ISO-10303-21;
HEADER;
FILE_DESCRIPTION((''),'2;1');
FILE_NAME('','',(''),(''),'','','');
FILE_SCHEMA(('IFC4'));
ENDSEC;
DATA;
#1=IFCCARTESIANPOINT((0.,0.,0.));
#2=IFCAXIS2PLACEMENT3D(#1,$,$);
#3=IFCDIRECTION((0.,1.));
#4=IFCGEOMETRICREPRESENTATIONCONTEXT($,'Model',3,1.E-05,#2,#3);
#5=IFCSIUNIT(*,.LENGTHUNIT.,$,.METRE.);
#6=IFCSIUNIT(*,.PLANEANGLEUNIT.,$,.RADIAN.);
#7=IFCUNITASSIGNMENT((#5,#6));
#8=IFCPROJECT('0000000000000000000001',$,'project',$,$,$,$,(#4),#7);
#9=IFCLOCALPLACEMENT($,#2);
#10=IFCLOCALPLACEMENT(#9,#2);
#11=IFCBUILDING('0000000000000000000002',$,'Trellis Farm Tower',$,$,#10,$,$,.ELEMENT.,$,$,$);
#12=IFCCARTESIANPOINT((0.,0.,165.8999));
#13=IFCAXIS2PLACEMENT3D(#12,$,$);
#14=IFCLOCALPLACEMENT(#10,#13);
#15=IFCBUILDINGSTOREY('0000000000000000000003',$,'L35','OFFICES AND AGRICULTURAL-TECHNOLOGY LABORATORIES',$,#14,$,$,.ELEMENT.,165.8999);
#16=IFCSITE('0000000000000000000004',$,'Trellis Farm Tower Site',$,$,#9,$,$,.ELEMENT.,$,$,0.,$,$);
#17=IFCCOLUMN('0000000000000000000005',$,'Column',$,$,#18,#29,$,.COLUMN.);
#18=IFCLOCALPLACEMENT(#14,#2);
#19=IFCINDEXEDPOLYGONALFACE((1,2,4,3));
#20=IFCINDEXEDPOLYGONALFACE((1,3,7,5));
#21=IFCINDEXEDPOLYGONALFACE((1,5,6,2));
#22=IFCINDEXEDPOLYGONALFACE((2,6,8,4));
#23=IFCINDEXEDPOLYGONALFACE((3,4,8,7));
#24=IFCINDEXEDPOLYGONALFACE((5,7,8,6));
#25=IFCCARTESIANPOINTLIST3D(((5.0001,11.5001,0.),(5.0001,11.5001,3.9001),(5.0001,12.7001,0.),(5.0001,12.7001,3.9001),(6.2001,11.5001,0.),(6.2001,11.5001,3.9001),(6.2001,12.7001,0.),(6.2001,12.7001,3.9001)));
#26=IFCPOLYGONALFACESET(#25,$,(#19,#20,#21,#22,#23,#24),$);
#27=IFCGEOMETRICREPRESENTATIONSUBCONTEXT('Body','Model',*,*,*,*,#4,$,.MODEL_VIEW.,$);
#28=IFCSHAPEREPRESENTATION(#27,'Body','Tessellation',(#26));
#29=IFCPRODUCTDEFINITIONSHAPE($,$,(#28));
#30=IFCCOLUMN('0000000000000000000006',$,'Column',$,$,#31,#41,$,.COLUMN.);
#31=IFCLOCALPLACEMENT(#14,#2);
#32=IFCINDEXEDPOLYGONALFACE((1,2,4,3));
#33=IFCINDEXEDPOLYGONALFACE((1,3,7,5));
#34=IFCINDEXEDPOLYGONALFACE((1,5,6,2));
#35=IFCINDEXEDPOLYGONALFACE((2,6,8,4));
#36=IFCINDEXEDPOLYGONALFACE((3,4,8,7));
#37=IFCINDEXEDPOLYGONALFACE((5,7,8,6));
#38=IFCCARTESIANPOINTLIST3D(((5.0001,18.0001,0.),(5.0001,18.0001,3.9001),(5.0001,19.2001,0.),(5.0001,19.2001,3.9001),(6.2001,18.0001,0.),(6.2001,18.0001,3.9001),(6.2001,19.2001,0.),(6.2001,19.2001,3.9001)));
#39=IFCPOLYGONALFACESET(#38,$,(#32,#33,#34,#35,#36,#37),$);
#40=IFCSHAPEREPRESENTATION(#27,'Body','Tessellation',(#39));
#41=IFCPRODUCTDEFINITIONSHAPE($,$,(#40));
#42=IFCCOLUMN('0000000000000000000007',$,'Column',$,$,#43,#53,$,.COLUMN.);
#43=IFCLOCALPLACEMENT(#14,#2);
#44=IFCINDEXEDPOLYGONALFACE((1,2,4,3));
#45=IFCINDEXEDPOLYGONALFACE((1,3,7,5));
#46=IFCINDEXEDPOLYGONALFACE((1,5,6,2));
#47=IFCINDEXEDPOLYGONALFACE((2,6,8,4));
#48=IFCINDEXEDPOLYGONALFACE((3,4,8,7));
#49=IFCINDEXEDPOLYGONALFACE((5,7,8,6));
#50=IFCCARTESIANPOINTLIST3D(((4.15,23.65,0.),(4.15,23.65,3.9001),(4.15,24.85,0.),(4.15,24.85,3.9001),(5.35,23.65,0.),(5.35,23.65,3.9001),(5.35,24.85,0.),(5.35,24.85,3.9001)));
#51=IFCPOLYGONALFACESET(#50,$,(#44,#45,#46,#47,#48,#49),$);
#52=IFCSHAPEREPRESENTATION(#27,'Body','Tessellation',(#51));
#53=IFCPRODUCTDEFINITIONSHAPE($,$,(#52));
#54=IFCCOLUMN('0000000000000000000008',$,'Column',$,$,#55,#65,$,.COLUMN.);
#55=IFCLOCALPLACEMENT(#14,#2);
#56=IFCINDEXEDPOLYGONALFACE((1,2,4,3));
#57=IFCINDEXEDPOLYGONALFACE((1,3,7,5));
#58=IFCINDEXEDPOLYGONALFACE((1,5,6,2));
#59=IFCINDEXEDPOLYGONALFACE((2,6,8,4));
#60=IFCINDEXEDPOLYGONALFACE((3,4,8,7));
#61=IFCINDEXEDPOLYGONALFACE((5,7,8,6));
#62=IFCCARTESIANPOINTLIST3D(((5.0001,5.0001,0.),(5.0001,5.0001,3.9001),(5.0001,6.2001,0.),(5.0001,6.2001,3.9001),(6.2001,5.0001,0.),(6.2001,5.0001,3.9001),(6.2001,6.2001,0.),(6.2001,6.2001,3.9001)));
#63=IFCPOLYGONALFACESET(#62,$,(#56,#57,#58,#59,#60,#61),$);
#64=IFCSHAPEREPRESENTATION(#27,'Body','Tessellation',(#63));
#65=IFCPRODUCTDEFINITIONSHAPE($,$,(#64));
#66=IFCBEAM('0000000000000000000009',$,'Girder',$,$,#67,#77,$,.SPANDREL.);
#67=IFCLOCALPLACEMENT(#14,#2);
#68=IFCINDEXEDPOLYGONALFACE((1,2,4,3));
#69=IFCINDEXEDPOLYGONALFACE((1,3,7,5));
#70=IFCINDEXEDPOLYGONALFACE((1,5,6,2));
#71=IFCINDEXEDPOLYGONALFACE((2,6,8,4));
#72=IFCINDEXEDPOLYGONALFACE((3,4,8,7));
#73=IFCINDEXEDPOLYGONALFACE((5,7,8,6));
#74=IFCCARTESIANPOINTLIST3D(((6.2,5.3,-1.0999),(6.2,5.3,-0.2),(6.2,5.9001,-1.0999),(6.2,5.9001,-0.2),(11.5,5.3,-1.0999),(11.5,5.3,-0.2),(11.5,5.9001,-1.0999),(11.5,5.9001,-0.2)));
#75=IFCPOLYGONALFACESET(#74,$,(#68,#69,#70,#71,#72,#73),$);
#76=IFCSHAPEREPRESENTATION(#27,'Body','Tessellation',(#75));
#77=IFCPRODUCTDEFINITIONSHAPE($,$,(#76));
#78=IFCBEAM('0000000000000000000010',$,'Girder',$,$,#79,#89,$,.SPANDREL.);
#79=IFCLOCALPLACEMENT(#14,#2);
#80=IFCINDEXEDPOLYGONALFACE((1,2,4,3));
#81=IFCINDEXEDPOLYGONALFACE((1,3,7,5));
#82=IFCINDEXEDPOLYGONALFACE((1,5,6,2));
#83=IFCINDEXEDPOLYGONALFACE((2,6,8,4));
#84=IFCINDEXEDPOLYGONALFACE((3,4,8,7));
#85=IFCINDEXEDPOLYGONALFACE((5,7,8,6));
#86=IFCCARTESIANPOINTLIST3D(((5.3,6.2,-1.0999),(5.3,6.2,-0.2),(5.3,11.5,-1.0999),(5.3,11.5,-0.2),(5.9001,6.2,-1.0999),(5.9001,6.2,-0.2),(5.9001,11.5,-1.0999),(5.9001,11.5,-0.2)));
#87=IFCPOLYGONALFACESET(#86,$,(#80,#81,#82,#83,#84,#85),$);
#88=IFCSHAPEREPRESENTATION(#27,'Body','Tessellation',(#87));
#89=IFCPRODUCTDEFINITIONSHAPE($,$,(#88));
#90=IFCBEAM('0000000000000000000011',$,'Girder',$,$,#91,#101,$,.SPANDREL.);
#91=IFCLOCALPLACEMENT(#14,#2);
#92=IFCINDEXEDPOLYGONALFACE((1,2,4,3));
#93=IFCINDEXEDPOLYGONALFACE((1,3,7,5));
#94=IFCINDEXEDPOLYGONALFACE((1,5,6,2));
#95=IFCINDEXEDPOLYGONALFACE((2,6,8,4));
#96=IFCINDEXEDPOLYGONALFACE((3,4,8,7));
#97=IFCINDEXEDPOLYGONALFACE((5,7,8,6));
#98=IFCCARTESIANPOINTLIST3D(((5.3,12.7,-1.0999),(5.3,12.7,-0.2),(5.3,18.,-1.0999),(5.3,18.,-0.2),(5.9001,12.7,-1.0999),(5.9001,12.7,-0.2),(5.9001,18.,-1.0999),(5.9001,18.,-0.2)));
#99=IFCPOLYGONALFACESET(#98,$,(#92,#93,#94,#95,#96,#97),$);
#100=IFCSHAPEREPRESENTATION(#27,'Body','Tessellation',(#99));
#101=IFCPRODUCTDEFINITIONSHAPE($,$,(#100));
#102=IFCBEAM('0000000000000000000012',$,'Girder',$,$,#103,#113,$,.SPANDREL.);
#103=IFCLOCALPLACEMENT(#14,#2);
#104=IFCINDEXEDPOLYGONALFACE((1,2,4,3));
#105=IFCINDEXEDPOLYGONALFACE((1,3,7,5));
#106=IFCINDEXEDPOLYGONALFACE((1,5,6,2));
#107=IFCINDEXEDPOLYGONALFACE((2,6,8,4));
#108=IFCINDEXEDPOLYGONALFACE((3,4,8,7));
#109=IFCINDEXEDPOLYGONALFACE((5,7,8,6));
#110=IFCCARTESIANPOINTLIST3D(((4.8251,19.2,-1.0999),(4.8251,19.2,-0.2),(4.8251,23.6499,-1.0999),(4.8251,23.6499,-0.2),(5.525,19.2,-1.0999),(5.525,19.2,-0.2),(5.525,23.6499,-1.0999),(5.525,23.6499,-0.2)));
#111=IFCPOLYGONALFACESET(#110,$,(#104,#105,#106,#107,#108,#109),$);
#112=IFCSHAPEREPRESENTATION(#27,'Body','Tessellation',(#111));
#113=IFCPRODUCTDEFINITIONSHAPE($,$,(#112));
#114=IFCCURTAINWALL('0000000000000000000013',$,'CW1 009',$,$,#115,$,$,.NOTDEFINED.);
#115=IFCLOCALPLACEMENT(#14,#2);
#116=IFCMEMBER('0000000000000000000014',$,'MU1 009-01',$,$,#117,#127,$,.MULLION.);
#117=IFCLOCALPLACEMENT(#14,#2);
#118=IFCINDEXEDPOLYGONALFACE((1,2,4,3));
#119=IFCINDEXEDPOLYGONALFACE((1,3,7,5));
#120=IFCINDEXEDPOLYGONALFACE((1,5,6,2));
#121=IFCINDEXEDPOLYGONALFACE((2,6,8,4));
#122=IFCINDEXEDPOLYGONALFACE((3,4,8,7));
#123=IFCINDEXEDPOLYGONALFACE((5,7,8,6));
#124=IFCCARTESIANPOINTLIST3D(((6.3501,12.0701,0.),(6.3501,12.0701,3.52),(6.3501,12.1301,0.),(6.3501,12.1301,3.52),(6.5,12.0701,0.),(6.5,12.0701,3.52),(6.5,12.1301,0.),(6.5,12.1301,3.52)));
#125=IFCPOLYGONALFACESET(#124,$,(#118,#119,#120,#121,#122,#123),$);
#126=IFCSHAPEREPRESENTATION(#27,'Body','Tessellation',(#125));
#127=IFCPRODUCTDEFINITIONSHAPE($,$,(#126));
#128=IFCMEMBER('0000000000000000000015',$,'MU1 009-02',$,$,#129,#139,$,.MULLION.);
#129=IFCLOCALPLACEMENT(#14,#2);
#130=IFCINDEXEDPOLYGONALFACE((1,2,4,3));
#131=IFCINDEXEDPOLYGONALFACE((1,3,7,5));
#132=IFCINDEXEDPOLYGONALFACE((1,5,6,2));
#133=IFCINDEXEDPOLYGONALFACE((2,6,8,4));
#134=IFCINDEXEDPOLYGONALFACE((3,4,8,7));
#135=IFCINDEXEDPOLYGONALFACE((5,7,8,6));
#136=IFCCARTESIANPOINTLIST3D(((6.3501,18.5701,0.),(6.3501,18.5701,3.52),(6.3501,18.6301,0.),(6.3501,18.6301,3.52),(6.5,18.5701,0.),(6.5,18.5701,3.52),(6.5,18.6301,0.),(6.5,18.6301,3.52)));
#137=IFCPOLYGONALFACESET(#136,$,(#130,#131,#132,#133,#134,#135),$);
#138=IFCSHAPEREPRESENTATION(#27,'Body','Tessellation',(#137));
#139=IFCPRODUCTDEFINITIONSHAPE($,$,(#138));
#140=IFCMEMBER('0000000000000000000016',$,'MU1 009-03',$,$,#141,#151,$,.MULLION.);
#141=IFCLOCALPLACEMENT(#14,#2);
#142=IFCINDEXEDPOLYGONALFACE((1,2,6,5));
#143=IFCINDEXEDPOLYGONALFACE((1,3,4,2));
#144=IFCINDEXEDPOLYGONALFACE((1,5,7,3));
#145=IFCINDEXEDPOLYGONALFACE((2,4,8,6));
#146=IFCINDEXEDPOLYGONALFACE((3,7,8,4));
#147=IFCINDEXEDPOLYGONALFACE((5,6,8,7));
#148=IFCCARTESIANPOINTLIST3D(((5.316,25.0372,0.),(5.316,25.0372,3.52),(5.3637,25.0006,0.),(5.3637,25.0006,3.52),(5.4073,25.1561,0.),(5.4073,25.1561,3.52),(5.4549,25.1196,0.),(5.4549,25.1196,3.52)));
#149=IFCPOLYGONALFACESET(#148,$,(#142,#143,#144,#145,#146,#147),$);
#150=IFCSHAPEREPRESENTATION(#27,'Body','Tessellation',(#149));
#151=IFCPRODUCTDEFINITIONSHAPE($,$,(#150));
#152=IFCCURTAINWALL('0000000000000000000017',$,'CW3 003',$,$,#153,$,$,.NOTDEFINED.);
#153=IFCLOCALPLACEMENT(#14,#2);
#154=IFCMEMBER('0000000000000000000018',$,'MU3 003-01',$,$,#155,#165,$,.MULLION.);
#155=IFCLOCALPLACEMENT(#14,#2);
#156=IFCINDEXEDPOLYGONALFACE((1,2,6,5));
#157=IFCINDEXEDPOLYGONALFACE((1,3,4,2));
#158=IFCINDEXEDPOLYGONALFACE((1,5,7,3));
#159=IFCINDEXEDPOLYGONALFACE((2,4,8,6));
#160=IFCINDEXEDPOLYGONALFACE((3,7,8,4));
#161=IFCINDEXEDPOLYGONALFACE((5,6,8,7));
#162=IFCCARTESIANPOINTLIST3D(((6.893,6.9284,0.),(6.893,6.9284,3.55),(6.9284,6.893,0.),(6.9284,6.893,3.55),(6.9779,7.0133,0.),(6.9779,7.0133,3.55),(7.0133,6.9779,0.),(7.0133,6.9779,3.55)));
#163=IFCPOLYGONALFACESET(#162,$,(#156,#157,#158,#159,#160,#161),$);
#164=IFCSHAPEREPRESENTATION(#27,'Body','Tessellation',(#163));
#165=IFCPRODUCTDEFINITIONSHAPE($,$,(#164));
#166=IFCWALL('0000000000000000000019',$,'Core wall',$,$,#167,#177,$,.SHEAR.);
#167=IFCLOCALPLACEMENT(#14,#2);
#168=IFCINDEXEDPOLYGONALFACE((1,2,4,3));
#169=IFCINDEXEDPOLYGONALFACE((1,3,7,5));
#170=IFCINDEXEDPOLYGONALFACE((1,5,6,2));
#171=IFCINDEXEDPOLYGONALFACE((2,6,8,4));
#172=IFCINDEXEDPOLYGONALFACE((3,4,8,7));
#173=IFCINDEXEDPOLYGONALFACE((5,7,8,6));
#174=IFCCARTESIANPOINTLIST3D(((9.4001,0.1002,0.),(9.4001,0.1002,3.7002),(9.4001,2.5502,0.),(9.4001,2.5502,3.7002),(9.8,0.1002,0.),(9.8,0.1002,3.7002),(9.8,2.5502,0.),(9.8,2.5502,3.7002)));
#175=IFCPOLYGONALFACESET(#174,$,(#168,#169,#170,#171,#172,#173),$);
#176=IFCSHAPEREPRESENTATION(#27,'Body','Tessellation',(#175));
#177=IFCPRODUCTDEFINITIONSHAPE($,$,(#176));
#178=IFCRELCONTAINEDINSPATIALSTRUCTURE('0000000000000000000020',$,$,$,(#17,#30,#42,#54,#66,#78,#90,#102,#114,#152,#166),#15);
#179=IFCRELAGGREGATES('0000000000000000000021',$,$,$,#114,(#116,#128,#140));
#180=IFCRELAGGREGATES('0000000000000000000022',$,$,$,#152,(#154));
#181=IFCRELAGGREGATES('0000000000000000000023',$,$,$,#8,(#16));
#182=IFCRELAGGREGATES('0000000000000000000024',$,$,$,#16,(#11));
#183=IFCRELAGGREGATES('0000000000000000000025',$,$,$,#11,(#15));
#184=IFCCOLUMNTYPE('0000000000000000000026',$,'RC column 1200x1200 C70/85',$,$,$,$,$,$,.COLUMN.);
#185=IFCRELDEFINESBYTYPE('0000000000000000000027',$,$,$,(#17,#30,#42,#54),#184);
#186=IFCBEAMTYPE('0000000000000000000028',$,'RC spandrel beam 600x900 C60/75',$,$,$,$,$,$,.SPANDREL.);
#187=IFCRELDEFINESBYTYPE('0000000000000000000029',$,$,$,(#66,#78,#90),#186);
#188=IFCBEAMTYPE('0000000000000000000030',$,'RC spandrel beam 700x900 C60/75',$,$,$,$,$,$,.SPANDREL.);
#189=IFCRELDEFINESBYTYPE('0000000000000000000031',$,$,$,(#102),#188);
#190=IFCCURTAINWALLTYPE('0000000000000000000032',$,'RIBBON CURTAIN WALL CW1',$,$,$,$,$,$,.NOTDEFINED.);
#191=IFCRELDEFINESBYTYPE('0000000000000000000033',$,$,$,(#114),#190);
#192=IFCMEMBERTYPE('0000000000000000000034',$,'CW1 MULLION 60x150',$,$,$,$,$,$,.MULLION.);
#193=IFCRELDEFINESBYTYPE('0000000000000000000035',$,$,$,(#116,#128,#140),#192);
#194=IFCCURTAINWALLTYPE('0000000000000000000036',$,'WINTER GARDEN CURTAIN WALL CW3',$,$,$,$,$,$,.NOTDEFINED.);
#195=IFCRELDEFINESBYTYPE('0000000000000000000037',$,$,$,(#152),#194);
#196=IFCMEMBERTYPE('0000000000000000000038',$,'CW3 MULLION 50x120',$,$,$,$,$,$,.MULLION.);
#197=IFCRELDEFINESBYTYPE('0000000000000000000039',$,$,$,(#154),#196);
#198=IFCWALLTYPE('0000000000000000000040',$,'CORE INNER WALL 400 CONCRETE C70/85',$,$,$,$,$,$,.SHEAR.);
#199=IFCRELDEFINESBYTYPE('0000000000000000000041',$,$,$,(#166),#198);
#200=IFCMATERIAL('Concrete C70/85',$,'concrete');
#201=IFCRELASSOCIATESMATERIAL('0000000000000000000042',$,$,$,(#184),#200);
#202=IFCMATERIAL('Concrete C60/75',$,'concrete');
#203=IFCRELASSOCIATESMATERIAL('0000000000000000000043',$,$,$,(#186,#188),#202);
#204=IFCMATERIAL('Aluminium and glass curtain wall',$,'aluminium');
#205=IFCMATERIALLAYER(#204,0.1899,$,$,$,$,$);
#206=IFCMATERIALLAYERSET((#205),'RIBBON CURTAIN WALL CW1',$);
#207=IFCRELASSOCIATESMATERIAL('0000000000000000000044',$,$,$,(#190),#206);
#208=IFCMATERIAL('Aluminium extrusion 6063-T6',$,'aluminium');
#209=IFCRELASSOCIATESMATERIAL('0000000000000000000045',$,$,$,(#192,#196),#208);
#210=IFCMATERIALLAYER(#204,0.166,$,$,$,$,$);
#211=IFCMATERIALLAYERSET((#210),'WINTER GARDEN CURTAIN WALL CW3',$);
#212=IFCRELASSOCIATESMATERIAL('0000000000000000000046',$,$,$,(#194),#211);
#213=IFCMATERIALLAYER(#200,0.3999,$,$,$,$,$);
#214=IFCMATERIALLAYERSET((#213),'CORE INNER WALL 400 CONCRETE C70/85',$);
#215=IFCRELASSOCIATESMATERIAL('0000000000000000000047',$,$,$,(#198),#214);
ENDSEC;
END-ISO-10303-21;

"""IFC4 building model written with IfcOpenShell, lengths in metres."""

from ifc_helpers import new_model, si_unit, direction, frame, frame_2d, origin, origin_2d, place, context, subcontext, project, spatial, rectangle, extrude, source, transform, mapped, material, layer, layer_set, material_profile, profile_set, type_object, element, aggregate, save


model = new_model("IFC4")

# Units and contexts
model_context = context("Model", 3, precision=1e-05, world=origin(), true_north=direction((0.0, 1.0)))
body_context = subcontext(model_context, "Body", "Model", "MODEL_VIEW")
ifc_project = project(units=[si_unit("LENGTHUNIT", "METRE"), si_unit("PLANEANGLEUNIT", "RADIAN")], contexts=[model_context])

# Site, building, storey
site_placement = place(None, origin())
site = spatial("IfcSite", under=ifc_project, at=site_placement, Name="Trellis Farm Tower Site", CompositionType="ELEMENT", RefElevation=0.0)
building_placement = place(site_placement, origin())
building = spatial("IfcBuilding", under=site, at=building_placement, Name="Trellis Farm Tower", CompositionType="ELEMENT")
storey_placement = place(building_placement, frame((0.0, 0.0, 165.8999)))
storey = spatial("IfcBuildingStorey", under=building, at=storey_placement, Name="L35", Description="OFFICES AND AGRICULTURAL-TECHNOLOGY LABORATORIES", CompositionType="ELEMENT", Elevation=165.8999)

# Columns
ifc_material_1 = material(Name="Concrete C70/85", Category="concrete")
ifc_material_profile_1 = material_profile(ifc_material_1, rectangle(XDim=1.2, YDim=1.2, at=origin_2d()), Name="RC column 1200x1200 C70/85")
ifc_profile_set_1 = profile_set([ifc_material_profile_1], Name="Concrete C70/85")
column_type = type_object("IfcColumnType", Name="RC column 1200x1200 C70/85", PredefinedType="COLUMN", material=ifc_profile_set_1)
shared_shape_1 = source(origin(), body_context, "Body", "SweptSolid", [
    extrude(rectangle(XDim=1.2, YDim=1.2, at=origin_2d()), origin(), (0.0, 0.0, 1.0), 3.9001),
])
for number, where, z_axis, x_axis, name in (
    (1, (5.6001, 12.1001, 0.0), (0.0, 0.0, 1.0), (1.0, 0.0, 0.0), "Column"),
    (2, (5.6001, 18.6001, 0.0), (0.0, 0.0, 1.0), (1.0, 0.0, 0.0), "Column"),
    (3, (4.75, 24.25, 0.0), (0.0, 0.0, 1.0), (1.0, 0.0, 0.0), "Column"),
    (4, (5.6001, 5.6001, 0.0), (0.0, 0.0, 1.0), (1.0, 0.0, 0.0), "Column"),
):
    element("IfcColumn", number, at=place(storey_placement, frame(where, z_axis=z_axis, x_axis=x_axis)), inside=storey, type_object=column_type, Name=name, PredefinedType="COLUMN", context=body_context, shape_type="MappedRepresentation", body=[
        mapped(shared_shape_1, transform((0.0, 0.0, 0.0))),
    ])

# Beams
ifc_material_2 = material(Name="Concrete C60/75", Category="concrete")
ifc_material_profile_2 = material_profile(ifc_material_2, rectangle(XDim=0.6001, YDim=0.8999, at=origin_2d()), Name="RC spandrel beam 600x900 C60/75")
ifc_profile_set_2 = profile_set([ifc_material_profile_2], Name="Concrete C60/75")
beam_type_1 = type_object("IfcBeamType", Name="RC spandrel beam 600x900 C60/75", PredefinedType="SPANDREL", material=ifc_profile_set_2)
shared_shape_2 = source(origin(), body_context, "Body", "SweptSolid", [
    extrude(rectangle(XDim=0.6001, YDim=0.8999, at=origin_2d()), origin(), (0.0, 0.0, 1.0), 5.3),
])
for number, where, z_axis, x_axis, name in (
    (5, (6.2, 5.6001, -0.6499), (1.0, 0.0, 0.0), (0.0, 1.0, 0.0), "Girder"),
    (6, (5.6001, 6.2, -0.6499), (0.0, 1.0, 0.0), (-1.0, 0.0, 0.0), "Girder"),
    (7, (5.6001, 12.7, -0.6499), (0.0, 1.0, 0.0), (-1.0, 0.0, 0.0), "Girder"),
):
    element("IfcBeam", number, at=place(storey_placement, frame(where, z_axis=z_axis, x_axis=x_axis)), inside=storey, type_object=beam_type_1, Name=name, PredefinedType="SPANDREL", context=body_context, shape_type="MappedRepresentation", body=[
        mapped(shared_shape_2, transform((0.0, 0.0, 0.0))),
    ])
ifc_material_profile_3 = material_profile(ifc_material_2, rectangle(XDim=0.7, YDim=0.8999, at=origin_2d()), Name="RC spandrel beam 700x900 C60/75")
ifc_profile_set_3 = profile_set([ifc_material_profile_3], Name="Concrete C60/75")
beam_type_2 = type_object("IfcBeamType", Name="RC spandrel beam 700x900 C60/75", PredefinedType="SPANDREL", material=ifc_profile_set_3)
shared_shape_3 = source(origin(), body_context, "Body", "SweptSolid", [
    extrude(rectangle(XDim=0.7, YDim=0.8999, at=origin_2d()), origin(), (0.0, 0.0, 1.0), 4.45),
])
beam_placement = place(storey_placement, frame((5.175, 19.2, -0.6499), z_axis=(0.0, 1.0, 0.0), x_axis=(-1.0, 0.0, 0.0)))
element("IfcBeam", 8, at=beam_placement, inside=storey, type_object=beam_type_2, Name="Girder", PredefinedType="SPANDREL", context=body_context, shape_type="MappedRepresentation", body=[
    mapped(shared_shape_3, transform((0.0, 0.0, 0.0))),
])

# Curtain wall, members
ifc_material_3 = material(Name="Aluminium and glass curtain wall", Category="aluminium")
ifc_layer_1 = layer(ifc_material_3, 0.1899)
ifc_layer_set_1 = layer_set([ifc_layer_1], Name="RIBBON CURTAIN WALL CW1")
curtain_wall_type_1 = type_object("IfcCurtainWallType", Name="RIBBON CURTAIN WALL CW1", PredefinedType="NOTDEFINED", material=ifc_layer_set_1)
placement = place(storey_placement, origin())
curtain_wall_1 = element("IfcCurtainWall", 9, at=placement, inside=storey, type_object=curtain_wall_type_1, Name="CW1 009", PredefinedType="NOTDEFINED")
ifc_material_4 = material(Name="Aluminium extrusion 6063-T6", Category="aluminium")
ifc_material_profile_4 = material_profile(ifc_material_4, rectangle(XDim=0.0601, YDim=0.1499, at=origin_2d()), Name="MULLION 60x150")
ifc_profile_set_4 = profile_set([ifc_material_profile_4], Name="Aluminium extrusion 6063-T6")
member_type_1 = type_object("IfcMemberType", Name="CW1 MULLION 60x150", PredefinedType="MULLION", material=ifc_profile_set_4)
shared_shape_4 = source(origin(), body_context, "Body", "SweptSolid", [
    extrude(rectangle(XDim=0.0601, YDim=0.1499, at=origin_2d()), origin(), (0.0, 0.0, 1.0), 3.52),
])
member_1_placement = place(storey_placement, frame((6.425, 12.1001, 0.0), z_axis=(0.0, 0.0, 1.0), x_axis=(0.0, 1.0, 0.0)))
member_1 = element("IfcMember", 10, at=member_1_placement, type_object=member_type_1, Name="MU1 009-01", PredefinedType="MULLION", context=body_context, shape_type="MappedRepresentation", body=[
    mapped(shared_shape_4, transform((0.0, 0.0, 0.0))),
])
member_2_placement = place(storey_placement, frame((6.425, 18.6001, 0.0), z_axis=(0.0, 0.0, 1.0), x_axis=(0.0, 1.0, 0.0)))
member_2 = element("IfcMember", 11, at=member_2_placement, type_object=member_type_1, Name="MU1 009-02", PredefinedType="MULLION", context=body_context, shape_type="MappedRepresentation", body=[
    mapped(shared_shape_4, transform((0.0, 0.0, 0.0))),
])
member_3_placement = place(storey_placement, frame((5.3855, 25.0784, 0.0), z_axis=(0.0, 0.0, 1.0), x_axis=(-0.793353, 0.608761, 0.0)))
member_3 = element("IfcMember", 12, at=member_3_placement, type_object=member_type_1, Name="MU1 009-03", PredefinedType="MULLION", context=body_context, shape_type="MappedRepresentation", body=[
    mapped(shared_shape_4, transform((0.0, 0.0, 0.0))),
])
aggregate(curtain_wall_1, [member_1, member_2, member_3])

# Curtain wall, member
ifc_layer_2 = layer(ifc_material_3, 0.166)
ifc_layer_set_2 = layer_set([ifc_layer_2], Name="WINTER GARDEN CURTAIN WALL CW3")
curtain_wall_type_2 = type_object("IfcCurtainWallType", Name="WINTER GARDEN CURTAIN WALL CW3", PredefinedType="NOTDEFINED", material=ifc_layer_set_2)
curtain_wall_2 = element("IfcCurtainWall", 13, at=placement, inside=storey, type_object=curtain_wall_type_2, Name="CW3 003", PredefinedType="NOTDEFINED")
ifc_material_profile_5 = material_profile(ifc_material_4, rectangle(XDim=0.05, YDim=0.1201, at=origin_2d()), Name="MULLION 50x120")
ifc_profile_set_5 = profile_set([ifc_material_profile_5], Name="Aluminium extrusion 6063-T6")
member_type_2 = type_object("IfcMemberType", Name="CW3 MULLION 50x120", PredefinedType="MULLION", material=ifc_profile_set_5)
shared_shape_5 = source(origin(), body_context, "Body", "SweptSolid", [
    extrude(rectangle(XDim=0.05, YDim=0.1201, at=origin_2d()), origin(), (0.0, 0.0, 1.0), 3.55),
])
member_4_placement = place(storey_placement, frame((6.9531, 6.9531, 0.0), z_axis=(0.0, 0.0, 1.0), x_axis=(-0.707107, 0.707107, 0.0)))
member_4 = element("IfcMember", 14, at=member_4_placement, type_object=member_type_2, Name="MU3 003-01", PredefinedType="MULLION", context=body_context, shape_type="MappedRepresentation", body=[
    mapped(shared_shape_5, transform((0.0, 0.0, 0.0))),
])
aggregate(curtain_wall_2, [member_4])

# Wall
ifc_layer_3 = layer(ifc_material_1, 0.3999)
ifc_layer_set_3 = layer_set([ifc_layer_3], Name="CORE INNER WALL 400 CONCRETE C70/85")
wall_type_1 = type_object("IfcWallType", Name="CORE INNER WALL 400 CONCRETE C70/85", PredefinedType="SHEAR", material=ifc_layer_set_3)
shared_shape_6 = source(origin(), body_context, "Body", "SweptSolid", [
    extrude(rectangle(XDim=2.45, YDim=0.3999, at=frame_2d((1.2251, 0.0))), origin(), (0.0, 0.0, 1.0), 3.7002),
])
wall_1_placement = place(storey_placement, frame((9.6001, 0.1001, 0.0), z_axis=(0.0, 0.0, 1.0), x_axis=(0.0, 1.0, 0.0)))
element("IfcWall", 15, at=wall_1_placement, inside=storey, type_object=wall_type_1, Name="Core wall", PredefinedType="SHEAR", context=body_context, shape_type="MappedRepresentation", body=[
    mapped(shared_shape_6, transform((0.0, 0.0, 0.0))),
])

save(model, "model.ifc")
